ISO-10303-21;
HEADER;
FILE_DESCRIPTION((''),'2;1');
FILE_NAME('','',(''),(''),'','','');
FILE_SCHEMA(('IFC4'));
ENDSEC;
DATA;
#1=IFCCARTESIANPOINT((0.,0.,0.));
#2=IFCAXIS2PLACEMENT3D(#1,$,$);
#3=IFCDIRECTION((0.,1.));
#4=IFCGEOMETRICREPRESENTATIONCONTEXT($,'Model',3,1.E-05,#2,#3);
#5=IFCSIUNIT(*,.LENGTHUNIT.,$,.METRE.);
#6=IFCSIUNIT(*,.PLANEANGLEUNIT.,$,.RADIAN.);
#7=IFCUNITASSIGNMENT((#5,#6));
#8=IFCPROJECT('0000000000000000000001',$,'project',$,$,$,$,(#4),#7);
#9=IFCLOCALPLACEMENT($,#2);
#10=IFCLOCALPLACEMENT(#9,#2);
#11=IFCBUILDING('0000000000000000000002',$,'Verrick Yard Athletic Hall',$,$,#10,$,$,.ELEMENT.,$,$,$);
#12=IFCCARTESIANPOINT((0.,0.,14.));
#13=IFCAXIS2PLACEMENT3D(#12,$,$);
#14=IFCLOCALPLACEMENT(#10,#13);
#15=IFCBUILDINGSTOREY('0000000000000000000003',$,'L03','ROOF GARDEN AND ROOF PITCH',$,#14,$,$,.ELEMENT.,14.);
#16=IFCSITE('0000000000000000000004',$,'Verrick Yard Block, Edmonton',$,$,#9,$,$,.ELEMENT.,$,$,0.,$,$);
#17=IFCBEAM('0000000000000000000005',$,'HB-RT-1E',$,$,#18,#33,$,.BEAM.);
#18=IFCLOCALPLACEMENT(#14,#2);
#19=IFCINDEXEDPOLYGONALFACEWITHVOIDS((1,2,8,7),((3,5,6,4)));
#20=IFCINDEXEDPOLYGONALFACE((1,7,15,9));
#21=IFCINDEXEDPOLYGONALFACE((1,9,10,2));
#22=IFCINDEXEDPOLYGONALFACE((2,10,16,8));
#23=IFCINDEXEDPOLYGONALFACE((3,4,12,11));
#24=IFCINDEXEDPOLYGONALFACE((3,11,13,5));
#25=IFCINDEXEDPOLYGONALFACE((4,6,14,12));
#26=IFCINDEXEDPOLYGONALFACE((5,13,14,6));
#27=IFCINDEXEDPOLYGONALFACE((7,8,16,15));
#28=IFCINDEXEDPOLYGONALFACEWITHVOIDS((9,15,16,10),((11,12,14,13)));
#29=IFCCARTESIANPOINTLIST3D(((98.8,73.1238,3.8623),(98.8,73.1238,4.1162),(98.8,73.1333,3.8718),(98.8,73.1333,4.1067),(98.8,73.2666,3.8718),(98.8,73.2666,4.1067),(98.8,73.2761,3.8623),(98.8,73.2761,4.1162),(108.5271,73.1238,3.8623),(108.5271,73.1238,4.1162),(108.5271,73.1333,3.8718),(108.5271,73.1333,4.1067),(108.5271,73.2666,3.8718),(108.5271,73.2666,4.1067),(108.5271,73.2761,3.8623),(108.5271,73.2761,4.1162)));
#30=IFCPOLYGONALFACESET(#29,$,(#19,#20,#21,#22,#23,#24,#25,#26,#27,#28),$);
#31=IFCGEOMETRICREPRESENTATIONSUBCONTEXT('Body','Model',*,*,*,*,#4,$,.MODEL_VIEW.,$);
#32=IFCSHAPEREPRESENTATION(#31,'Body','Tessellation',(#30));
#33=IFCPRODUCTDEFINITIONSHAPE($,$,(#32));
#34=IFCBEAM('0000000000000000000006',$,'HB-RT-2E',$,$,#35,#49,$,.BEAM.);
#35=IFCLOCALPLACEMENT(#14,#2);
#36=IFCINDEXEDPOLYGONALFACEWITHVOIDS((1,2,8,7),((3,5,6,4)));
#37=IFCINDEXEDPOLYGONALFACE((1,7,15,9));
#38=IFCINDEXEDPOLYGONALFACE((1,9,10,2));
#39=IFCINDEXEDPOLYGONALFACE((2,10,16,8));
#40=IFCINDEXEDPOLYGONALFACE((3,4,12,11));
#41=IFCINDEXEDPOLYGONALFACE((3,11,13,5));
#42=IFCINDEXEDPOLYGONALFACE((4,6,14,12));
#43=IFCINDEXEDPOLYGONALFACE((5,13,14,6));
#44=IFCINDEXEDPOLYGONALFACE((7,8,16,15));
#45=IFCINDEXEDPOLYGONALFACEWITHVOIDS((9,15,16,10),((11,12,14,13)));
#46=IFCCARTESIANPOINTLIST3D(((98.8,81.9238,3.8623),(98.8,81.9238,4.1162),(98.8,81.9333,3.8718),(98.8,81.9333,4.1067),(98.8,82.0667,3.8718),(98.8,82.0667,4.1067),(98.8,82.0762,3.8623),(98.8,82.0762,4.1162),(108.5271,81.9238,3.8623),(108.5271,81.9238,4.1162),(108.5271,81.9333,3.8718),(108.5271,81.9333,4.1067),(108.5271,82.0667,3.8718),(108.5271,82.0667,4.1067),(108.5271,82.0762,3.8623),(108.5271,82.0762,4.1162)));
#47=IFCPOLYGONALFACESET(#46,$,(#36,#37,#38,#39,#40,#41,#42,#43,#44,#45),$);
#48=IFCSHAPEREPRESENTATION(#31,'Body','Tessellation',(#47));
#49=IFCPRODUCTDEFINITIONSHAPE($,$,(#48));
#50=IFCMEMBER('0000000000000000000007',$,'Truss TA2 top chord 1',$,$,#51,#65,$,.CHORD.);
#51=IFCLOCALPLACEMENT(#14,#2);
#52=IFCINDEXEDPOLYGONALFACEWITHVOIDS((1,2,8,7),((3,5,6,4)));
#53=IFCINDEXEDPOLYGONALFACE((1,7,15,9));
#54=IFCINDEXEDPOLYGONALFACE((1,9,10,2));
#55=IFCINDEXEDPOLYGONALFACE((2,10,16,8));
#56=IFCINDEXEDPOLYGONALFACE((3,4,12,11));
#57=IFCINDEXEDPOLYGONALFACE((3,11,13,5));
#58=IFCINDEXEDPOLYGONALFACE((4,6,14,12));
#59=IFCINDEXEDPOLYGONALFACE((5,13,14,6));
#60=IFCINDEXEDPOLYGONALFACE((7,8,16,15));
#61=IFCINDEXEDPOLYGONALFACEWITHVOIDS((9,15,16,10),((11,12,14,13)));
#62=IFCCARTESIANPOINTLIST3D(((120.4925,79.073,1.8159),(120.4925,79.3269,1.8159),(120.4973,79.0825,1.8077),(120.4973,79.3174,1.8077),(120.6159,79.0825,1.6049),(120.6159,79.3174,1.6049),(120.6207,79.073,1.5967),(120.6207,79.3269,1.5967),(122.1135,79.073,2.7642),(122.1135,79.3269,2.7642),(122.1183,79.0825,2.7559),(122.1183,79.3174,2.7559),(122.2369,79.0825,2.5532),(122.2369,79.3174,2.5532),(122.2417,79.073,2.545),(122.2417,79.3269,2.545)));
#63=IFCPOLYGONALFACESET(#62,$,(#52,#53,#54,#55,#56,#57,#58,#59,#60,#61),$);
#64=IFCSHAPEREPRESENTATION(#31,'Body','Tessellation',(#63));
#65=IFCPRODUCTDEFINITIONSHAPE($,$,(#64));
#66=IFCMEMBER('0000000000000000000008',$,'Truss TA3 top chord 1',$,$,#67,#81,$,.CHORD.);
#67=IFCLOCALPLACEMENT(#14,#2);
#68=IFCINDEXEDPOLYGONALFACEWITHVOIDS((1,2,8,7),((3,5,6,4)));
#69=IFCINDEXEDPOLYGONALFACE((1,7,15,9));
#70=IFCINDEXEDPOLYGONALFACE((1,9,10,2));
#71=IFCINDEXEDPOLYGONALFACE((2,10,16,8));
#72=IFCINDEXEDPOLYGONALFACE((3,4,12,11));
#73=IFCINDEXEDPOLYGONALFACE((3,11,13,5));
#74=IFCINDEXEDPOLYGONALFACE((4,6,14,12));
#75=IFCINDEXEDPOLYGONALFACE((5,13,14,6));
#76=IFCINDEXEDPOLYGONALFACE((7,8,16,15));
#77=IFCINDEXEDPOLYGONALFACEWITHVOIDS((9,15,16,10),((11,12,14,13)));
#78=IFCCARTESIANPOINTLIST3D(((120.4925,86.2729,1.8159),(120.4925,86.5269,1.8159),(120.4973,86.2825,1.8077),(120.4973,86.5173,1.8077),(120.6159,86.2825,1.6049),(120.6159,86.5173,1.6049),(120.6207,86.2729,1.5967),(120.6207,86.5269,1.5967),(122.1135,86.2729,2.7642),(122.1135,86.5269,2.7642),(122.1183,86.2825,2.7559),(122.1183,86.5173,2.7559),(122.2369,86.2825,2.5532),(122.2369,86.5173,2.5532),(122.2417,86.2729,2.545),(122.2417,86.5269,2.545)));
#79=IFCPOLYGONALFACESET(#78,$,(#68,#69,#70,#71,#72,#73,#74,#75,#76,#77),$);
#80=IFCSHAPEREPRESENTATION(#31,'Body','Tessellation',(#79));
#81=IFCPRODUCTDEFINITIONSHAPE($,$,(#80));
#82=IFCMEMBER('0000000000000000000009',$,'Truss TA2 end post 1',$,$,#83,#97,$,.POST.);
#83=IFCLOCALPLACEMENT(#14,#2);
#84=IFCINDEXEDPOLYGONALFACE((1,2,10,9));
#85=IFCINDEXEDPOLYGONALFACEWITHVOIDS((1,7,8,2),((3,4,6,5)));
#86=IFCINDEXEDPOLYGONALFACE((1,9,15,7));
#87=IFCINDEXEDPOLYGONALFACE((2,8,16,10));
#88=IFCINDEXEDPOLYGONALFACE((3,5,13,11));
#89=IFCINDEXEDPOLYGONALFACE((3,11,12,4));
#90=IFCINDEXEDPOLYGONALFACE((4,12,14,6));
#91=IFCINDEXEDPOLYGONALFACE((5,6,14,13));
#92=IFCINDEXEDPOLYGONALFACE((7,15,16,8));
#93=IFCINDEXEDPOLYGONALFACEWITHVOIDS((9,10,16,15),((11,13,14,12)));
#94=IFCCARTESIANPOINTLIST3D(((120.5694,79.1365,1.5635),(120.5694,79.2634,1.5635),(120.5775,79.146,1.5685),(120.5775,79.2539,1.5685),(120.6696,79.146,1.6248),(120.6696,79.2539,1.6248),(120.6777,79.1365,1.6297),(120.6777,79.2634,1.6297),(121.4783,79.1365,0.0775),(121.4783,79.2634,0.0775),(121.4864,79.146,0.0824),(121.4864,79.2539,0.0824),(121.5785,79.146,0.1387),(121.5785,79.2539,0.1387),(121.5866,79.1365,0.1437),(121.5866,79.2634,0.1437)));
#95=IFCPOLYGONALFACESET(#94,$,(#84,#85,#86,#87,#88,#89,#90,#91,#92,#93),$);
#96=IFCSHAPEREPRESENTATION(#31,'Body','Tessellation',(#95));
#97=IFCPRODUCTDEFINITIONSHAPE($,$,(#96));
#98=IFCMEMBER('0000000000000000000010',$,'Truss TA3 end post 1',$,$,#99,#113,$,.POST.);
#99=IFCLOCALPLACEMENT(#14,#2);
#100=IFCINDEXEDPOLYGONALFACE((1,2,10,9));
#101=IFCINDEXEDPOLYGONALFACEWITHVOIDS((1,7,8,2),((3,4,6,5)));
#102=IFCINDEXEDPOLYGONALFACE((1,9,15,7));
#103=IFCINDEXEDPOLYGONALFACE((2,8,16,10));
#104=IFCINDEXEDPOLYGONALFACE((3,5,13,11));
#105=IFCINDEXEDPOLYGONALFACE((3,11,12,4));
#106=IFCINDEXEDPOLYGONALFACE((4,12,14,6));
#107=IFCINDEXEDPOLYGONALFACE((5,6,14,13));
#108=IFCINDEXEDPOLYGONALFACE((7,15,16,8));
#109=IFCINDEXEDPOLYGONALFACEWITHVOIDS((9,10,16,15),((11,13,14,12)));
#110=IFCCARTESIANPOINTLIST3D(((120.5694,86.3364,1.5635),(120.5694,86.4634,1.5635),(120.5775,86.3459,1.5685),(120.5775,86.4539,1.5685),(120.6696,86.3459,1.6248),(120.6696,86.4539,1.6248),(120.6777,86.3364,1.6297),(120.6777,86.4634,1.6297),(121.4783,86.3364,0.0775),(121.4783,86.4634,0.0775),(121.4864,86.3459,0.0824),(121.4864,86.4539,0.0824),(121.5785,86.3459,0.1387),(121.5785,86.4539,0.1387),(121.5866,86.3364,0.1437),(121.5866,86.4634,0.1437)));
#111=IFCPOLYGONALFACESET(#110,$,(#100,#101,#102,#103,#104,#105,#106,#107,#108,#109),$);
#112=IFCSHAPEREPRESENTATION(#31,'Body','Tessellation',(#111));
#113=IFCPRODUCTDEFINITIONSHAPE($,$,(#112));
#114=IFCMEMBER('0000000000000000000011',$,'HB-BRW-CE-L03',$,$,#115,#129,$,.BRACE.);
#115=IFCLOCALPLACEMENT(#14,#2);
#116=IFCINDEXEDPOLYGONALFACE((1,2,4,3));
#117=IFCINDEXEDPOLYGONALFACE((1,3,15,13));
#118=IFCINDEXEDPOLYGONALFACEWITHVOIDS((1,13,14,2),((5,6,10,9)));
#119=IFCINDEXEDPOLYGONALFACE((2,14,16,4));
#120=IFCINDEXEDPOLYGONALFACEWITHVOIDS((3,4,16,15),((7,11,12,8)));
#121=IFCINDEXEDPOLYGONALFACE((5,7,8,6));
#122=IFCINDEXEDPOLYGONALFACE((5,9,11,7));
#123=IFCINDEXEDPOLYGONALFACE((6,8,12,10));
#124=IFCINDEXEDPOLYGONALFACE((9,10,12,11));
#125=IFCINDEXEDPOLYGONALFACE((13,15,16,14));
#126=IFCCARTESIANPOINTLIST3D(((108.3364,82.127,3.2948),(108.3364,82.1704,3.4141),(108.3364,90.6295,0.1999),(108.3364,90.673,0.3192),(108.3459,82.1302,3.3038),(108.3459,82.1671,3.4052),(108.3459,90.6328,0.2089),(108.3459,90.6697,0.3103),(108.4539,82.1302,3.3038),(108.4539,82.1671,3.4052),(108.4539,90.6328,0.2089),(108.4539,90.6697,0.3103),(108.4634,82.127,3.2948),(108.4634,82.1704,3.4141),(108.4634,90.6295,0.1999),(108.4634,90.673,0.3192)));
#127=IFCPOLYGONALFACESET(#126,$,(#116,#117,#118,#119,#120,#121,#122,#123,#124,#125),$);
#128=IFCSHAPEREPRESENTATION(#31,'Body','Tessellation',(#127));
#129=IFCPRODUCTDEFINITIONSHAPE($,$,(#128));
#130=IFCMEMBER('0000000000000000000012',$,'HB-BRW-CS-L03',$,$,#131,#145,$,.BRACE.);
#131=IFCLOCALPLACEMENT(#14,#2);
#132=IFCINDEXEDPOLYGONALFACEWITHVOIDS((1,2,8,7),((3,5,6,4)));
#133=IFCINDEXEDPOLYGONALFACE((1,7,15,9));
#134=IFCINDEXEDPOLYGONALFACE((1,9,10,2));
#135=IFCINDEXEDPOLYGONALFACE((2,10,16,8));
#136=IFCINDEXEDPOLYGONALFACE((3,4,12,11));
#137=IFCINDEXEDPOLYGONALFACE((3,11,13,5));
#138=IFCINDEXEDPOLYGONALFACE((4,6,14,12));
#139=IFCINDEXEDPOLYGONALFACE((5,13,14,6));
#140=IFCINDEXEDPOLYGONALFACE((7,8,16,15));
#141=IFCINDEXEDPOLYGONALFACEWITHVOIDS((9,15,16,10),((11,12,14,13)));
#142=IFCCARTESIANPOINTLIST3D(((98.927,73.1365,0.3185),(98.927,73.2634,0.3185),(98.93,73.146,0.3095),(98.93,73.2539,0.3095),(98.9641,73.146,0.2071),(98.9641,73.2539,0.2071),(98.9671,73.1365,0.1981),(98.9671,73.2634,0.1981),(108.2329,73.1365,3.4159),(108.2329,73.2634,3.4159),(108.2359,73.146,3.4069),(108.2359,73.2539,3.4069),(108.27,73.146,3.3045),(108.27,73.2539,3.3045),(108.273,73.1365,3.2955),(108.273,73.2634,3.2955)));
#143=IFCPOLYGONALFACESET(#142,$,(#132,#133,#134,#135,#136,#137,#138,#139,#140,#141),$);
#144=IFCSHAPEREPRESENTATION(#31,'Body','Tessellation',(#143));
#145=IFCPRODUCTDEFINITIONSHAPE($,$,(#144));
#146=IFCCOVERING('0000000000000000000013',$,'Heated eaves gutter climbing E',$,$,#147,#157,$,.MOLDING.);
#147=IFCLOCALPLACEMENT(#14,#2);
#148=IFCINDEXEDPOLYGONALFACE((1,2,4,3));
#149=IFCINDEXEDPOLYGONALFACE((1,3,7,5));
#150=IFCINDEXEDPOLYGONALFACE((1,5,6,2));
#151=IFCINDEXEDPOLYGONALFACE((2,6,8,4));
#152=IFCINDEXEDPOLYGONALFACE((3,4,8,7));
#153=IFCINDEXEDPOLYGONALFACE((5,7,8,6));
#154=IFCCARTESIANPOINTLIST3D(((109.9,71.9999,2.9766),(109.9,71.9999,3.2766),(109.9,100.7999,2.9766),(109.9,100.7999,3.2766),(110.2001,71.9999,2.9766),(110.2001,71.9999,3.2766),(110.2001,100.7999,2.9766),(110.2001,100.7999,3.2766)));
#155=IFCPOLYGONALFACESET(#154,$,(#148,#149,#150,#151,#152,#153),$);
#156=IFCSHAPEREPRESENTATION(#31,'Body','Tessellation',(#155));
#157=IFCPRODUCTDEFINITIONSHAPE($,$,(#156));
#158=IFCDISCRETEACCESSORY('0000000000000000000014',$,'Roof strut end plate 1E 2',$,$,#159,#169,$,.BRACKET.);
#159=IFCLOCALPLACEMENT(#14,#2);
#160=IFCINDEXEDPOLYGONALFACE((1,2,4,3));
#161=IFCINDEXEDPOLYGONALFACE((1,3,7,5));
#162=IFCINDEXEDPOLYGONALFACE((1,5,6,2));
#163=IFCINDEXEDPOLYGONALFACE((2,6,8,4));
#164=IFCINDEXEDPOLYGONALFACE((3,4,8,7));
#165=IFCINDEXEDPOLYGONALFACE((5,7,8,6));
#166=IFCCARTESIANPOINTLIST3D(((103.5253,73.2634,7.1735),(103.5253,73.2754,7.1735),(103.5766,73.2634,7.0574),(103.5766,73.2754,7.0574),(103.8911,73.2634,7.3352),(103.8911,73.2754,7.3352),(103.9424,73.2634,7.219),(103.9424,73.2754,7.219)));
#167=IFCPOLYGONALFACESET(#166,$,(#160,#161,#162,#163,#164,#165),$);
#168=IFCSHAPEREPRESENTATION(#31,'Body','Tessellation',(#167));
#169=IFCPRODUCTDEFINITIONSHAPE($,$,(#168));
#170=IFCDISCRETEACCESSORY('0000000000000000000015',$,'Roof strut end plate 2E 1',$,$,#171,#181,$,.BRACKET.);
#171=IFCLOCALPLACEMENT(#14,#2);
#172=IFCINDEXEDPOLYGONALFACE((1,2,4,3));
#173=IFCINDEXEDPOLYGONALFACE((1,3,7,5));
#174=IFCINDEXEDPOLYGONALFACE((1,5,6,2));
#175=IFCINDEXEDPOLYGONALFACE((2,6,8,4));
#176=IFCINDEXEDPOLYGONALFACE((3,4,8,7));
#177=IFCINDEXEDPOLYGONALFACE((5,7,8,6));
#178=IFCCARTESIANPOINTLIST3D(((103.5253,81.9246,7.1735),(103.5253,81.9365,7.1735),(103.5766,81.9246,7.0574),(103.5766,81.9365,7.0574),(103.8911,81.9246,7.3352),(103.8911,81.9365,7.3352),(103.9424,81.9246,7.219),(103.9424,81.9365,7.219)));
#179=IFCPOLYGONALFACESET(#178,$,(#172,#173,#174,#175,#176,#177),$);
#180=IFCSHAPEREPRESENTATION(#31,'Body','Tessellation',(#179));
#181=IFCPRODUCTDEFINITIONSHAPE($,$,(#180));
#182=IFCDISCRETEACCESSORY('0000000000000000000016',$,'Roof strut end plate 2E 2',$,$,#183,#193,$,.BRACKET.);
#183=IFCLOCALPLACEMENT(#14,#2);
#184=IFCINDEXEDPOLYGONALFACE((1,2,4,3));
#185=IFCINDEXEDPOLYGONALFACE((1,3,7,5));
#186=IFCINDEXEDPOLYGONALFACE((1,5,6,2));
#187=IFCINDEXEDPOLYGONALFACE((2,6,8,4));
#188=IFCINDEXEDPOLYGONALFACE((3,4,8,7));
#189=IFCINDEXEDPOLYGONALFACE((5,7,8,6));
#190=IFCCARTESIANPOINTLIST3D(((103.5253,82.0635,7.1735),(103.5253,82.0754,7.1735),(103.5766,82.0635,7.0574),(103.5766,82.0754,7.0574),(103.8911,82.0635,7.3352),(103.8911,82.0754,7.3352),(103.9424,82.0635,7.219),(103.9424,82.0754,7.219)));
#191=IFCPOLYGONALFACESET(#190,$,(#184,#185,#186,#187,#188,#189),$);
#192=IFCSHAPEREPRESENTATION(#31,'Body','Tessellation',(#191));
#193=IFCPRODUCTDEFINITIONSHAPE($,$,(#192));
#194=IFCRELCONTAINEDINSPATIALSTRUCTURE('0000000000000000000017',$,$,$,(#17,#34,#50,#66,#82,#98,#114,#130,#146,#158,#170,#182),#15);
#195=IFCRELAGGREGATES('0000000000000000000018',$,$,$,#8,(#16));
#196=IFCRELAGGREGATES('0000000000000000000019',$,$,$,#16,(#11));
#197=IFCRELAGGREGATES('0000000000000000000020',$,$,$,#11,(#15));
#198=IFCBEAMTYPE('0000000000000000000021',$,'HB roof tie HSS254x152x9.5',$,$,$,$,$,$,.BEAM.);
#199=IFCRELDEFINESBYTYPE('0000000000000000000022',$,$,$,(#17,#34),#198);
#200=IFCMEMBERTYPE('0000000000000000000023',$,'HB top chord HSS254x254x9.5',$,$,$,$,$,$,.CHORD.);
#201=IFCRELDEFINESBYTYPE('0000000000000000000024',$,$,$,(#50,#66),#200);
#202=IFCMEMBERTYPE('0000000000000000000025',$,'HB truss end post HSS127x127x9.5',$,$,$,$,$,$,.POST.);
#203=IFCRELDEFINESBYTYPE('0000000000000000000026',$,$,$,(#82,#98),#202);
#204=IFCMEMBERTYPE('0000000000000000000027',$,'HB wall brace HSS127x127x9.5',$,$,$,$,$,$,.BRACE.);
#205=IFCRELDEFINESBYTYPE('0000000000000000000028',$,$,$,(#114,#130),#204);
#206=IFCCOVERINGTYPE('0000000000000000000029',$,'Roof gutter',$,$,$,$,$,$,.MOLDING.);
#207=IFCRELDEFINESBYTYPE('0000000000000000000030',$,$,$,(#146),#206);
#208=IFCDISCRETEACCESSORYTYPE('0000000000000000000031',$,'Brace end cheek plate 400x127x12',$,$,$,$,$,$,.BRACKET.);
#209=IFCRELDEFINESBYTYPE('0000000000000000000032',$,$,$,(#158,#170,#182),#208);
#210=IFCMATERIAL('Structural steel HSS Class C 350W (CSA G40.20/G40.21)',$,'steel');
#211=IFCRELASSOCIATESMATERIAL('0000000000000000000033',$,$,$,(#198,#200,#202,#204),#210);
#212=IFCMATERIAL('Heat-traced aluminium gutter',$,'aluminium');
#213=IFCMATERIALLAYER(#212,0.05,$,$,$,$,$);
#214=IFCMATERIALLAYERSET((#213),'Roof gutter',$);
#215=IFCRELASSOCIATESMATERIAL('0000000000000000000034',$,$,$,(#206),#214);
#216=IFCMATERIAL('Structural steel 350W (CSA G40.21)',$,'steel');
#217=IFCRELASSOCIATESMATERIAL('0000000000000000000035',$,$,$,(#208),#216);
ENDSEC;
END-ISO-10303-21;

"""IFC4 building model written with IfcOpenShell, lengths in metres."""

from ifc_helpers import new_model, si_unit, direction, frame, origin, origin_2d, place, context, subcontext, project, spatial, rectangle, hollow_rectangle, extrude, material, layer, layer_set, material_profile, profile_set, type_object, element, save


model = new_model("IFC4")

# Units and contexts
model_context = context("Model", 3, precision=1e-05, world=origin(), true_north=direction((0.0, 1.0)))
body_context = subcontext(model_context, "Body", "Model", "MODEL_VIEW")
ifc_project = project(units=[si_unit("LENGTHUNIT", "METRE"), si_unit("PLANEANGLEUNIT", "RADIAN")], contexts=[model_context])

# Site, building, storey
site_placement = place(None, origin())
site = spatial("IfcSite", under=ifc_project, at=site_placement, Name="Verrick Yard Block, Edmonton", CompositionType="ELEMENT", RefElevation=0.0)
building_placement = place(site_placement, origin())
building = spatial("IfcBuilding", under=site, at=building_placement, Name="Verrick Yard Athletic Hall", CompositionType="ELEMENT")
storey_placement = place(building_placement, frame((0.0, 0.0, 14.0)))
storey = spatial("IfcBuildingStorey", under=building, at=storey_placement, Name="L03", Description="ROOF GARDEN AND ROOF PITCH", CompositionType="ELEMENT", Elevation=14.0)

# Shared definitions
ifc_material_1 = material(Name="Structural steel HSS Class C 350W (CSA G40.20/G40.21)", Category="steel")

# Beams
ifc_material_profile_1 = material_profile(ifc_material_1, hollow_rectangle(XDim=0.1523, YDim=0.2539, WallThickness=0.0095, at=origin_2d()), Name="HSS254x152x9.5")
ifc_profile_set_1 = profile_set([ifc_material_profile_1], Name="Structural steel HSS Class C 350W (CSA G40.20/G40.21)")
beam_type_1 = type_object("IfcBeamType", Name="HB roof tie HSS254x152x9.5", PredefinedType="BEAM", material=ifc_profile_set_1)
for number, where, z_axis, x_axis, name in (
    (1, (108.5271, 73.2, 3.9893), (-1.0, 0.0, 0.0), (0.0, -1.0, 0.0), "HB-RT-1E"),
    (2, (108.5271, 82.0, 3.9893), (-1.0, 0.0, 0.0), (0.0, -1.0, 0.0), "HB-RT-2E"),
):
    element("IfcBeam", number, at=place(storey_placement, frame(where, z_axis=z_axis, x_axis=x_axis)), inside=storey, type_object=beam_type_1, Name=name, PredefinedType="BEAM", context=body_context, shape_type="SweptSolid", body=[
        extrude(hollow_rectangle(XDim=0.1523, YDim=0.2539, WallThickness=0.0095, at=origin_2d()), origin(), (0.0, 0.0, 1.0), 9.7271),
    ])

# Members
ifc_material_profile_2 = material_profile(ifc_material_1, hollow_rectangle(XDim=0.2539, YDim=0.2539, WallThickness=0.0095, at=origin_2d()), Name="HSS254x254x9.5")
ifc_profile_set_2 = profile_set([ifc_material_profile_2], Name="Structural steel HSS Class C 350W (CSA G40.20/G40.21)")
member_type_1 = type_object("IfcMemberType", Name="HB top chord HSS254x254x9.5", PredefinedType="CHORD", material=ifc_profile_set_2)
for number, where, z_axis, x_axis, name in (
    (3, (120.5566, 79.2, 1.7063), (0.863142, 0.0, 0.504962), (0.0, 1.0, 0.0), "Truss TA2 top chord 1"),
    (4, (120.5566, 86.3999, 1.7063), (0.863142, 0.0, 0.504962), (0.0, 1.0, 0.0), "Truss TA3 top chord 1"),
):
    element("IfcMember", number, at=place(storey_placement, frame(where, z_axis=z_axis, x_axis=x_axis)), inside=storey, type_object=member_type_1, Name=name, PredefinedType="CHORD", context=body_context, shape_type="SweptSolid", body=[
        extrude(hollow_rectangle(XDim=0.2539, YDim=0.2539, WallThickness=0.0095, at=origin_2d()), origin(), (0.0, 0.0, 1.0), 1.8779),
    ])
ifc_material_profile_3 = material_profile(ifc_material_1, hollow_rectangle(XDim=0.127, YDim=0.127, WallThickness=0.0095, at=origin_2d()), Name="HSS127x127x9.5")
ifc_profile_set_3 = profile_set([ifc_material_profile_3], Name="Structural steel HSS Class C 350W (CSA G40.20/G40.21)")
member_type_2 = type_object("IfcMemberType", Name="HB truss end post HSS127x127x9.5", PredefinedType="POST", material=ifc_profile_set_3)
for number, where, z_axis, x_axis, name in (
    (5, (121.5325, 79.2, 0.1106), (-0.521773, 0.0, 0.853084), (0.0, -1.0, 0.0), "Truss TA2 end post 1"),
    (6, (121.5325, 86.3999, 0.1106), (-0.521773, 0.0, 0.853084), (0.0, -1.0, 0.0), "Truss TA3 end post 1"),
):
    element("IfcMember", number, at=place(storey_placement, frame(where, z_axis=z_axis, x_axis=x_axis)), inside=storey, type_object=member_type_2, Name=name, PredefinedType="POST", context=body_context, shape_type="SweptSolid", body=[
        extrude(hollow_rectangle(XDim=0.127, YDim=0.127, WallThickness=0.0095, at=origin_2d()), origin(), (0.0, 0.0, 1.0), 1.7419),
    ])
ifc_material_profile_4 = material_profile(ifc_material_1, hollow_rectangle(XDim=0.127, YDim=0.127, WallThickness=0.0095, at=origin_2d()), Name="HSS127x127x9.5")
ifc_profile_set_4 = profile_set([ifc_material_profile_4], Name="Structural steel HSS Class C 350W (CSA G40.20/G40.21)")
member_type_3 = type_object("IfcMemberType", Name="HB wall brace HSS127x127x9.5", PredefinedType="BRACE", material=ifc_profile_set_4)
member_1_placement = place(storey_placement, frame((108.3999, 82.1487, 3.3545), z_axis=(0.0, 0.939684, -0.342044), x_axis=(-1.0, 0.0, 0.0)))
element("IfcMember", 7, at=member_1_placement, inside=storey, type_object=member_type_3, Name="HB-BRW-CE-L03", PredefinedType="BRACE", context=body_context, shape_type="SweptSolid", body=[
    extrude(hollow_rectangle(XDim=0.127, YDim=0.127, WallThickness=0.0095, at=origin_2d()), origin(), (0.0, 0.0, 1.0), 9.0483),
])
member_2_placement = place(storey_placement, frame((98.947, 73.2, 0.2583), z_axis=(0.948823, 0.0, 0.31581), x_axis=(0.0, 1.0, 0.0)))
element("IfcMember", 8, at=member_2_placement, inside=storey, type_object=member_type_3, Name="HB-BRW-CS-L03", PredefinedType="BRACE", context=body_context, shape_type="SweptSolid", body=[
    extrude(hollow_rectangle(XDim=0.127, YDim=0.127, WallThickness=0.0095, at=origin_2d()), origin(), (0.0, 0.0, 1.0), 9.8079),
])

# Covering
ifc_material_2 = material(Name="Heat-traced aluminium gutter", Category="aluminium")
ifc_layer = layer(ifc_material_2, 0.05)
ifc_layer_set = layer_set([ifc_layer], Name="Roof gutter")
covering_type = type_object("IfcCoveringType", Name="Roof gutter", PredefinedType="MOLDING", material=ifc_layer_set)
covering_placement = place(storey_placement, frame((110.05, 86.3999, 2.9766), z_axis=(0.0, 0.0, 1.0), x_axis=(1.0, 0.0, 0.0)))
element("IfcCovering", 9, at=covering_placement, inside=storey, type_object=covering_type, Name="Heated eaves gutter climbing E", PredefinedType="MOLDING", context=body_context, shape_type="SweptSolid", body=[
    extrude(rectangle(XDim=0.3, YDim=28.8, at=origin_2d()), origin(), (0.0, 0.0, 1.0), 0.3),
])

# Discrete accessories
ifc_material_3 = material(Name="Structural steel 350W (CSA G40.21)", Category="steel")
ifc_material_profile_5 = material_profile(ifc_material_3, rectangle(XDim=0.3999, YDim=0.127, at=origin_2d()), Name="Brace end cheek plate")
ifc_profile_set_5 = profile_set([ifc_material_profile_5], Name="Structural steel 350W (CSA G40.21)")
discrete_accessory_type_1 = type_object("IfcDiscreteAccessoryType", Name="Brace end cheek plate 400x127x12", PredefinedType="BRACKET", material=ifc_profile_set_5)
for number, where, z_axis, x_axis, name in (
    (10, (103.7339, 73.2634, 7.1963), (0.0, 1.0, 0.0), (-0.914688, 0.0, -0.40416), "Roof strut end plate 1E 2"),
    (11, (103.7339, 81.9365, 7.1963), (0.0, -1.0, 0.0), (-0.914688, 0.0, -0.40416), "Roof strut end plate 2E 1"),
    (12, (103.7339, 82.0635, 7.1963), (0.0, 1.0, 0.0), (-0.914688, 0.0, -0.40416), "Roof strut end plate 2E 2"),
):
    element("IfcDiscreteAccessory", number, at=place(storey_placement, frame(where, z_axis=z_axis, x_axis=x_axis)), inside=storey, type_object=discrete_accessory_type_1, Name=name, PredefinedType="BRACKET", context=body_context, shape_type="SweptSolid", body=[
        extrude(rectangle(XDim=0.3999, YDim=0.127, at=origin_2d()), origin(), (0.0, 0.0, 1.0), 0.012),
    ])

save(model, "model.ifc")
